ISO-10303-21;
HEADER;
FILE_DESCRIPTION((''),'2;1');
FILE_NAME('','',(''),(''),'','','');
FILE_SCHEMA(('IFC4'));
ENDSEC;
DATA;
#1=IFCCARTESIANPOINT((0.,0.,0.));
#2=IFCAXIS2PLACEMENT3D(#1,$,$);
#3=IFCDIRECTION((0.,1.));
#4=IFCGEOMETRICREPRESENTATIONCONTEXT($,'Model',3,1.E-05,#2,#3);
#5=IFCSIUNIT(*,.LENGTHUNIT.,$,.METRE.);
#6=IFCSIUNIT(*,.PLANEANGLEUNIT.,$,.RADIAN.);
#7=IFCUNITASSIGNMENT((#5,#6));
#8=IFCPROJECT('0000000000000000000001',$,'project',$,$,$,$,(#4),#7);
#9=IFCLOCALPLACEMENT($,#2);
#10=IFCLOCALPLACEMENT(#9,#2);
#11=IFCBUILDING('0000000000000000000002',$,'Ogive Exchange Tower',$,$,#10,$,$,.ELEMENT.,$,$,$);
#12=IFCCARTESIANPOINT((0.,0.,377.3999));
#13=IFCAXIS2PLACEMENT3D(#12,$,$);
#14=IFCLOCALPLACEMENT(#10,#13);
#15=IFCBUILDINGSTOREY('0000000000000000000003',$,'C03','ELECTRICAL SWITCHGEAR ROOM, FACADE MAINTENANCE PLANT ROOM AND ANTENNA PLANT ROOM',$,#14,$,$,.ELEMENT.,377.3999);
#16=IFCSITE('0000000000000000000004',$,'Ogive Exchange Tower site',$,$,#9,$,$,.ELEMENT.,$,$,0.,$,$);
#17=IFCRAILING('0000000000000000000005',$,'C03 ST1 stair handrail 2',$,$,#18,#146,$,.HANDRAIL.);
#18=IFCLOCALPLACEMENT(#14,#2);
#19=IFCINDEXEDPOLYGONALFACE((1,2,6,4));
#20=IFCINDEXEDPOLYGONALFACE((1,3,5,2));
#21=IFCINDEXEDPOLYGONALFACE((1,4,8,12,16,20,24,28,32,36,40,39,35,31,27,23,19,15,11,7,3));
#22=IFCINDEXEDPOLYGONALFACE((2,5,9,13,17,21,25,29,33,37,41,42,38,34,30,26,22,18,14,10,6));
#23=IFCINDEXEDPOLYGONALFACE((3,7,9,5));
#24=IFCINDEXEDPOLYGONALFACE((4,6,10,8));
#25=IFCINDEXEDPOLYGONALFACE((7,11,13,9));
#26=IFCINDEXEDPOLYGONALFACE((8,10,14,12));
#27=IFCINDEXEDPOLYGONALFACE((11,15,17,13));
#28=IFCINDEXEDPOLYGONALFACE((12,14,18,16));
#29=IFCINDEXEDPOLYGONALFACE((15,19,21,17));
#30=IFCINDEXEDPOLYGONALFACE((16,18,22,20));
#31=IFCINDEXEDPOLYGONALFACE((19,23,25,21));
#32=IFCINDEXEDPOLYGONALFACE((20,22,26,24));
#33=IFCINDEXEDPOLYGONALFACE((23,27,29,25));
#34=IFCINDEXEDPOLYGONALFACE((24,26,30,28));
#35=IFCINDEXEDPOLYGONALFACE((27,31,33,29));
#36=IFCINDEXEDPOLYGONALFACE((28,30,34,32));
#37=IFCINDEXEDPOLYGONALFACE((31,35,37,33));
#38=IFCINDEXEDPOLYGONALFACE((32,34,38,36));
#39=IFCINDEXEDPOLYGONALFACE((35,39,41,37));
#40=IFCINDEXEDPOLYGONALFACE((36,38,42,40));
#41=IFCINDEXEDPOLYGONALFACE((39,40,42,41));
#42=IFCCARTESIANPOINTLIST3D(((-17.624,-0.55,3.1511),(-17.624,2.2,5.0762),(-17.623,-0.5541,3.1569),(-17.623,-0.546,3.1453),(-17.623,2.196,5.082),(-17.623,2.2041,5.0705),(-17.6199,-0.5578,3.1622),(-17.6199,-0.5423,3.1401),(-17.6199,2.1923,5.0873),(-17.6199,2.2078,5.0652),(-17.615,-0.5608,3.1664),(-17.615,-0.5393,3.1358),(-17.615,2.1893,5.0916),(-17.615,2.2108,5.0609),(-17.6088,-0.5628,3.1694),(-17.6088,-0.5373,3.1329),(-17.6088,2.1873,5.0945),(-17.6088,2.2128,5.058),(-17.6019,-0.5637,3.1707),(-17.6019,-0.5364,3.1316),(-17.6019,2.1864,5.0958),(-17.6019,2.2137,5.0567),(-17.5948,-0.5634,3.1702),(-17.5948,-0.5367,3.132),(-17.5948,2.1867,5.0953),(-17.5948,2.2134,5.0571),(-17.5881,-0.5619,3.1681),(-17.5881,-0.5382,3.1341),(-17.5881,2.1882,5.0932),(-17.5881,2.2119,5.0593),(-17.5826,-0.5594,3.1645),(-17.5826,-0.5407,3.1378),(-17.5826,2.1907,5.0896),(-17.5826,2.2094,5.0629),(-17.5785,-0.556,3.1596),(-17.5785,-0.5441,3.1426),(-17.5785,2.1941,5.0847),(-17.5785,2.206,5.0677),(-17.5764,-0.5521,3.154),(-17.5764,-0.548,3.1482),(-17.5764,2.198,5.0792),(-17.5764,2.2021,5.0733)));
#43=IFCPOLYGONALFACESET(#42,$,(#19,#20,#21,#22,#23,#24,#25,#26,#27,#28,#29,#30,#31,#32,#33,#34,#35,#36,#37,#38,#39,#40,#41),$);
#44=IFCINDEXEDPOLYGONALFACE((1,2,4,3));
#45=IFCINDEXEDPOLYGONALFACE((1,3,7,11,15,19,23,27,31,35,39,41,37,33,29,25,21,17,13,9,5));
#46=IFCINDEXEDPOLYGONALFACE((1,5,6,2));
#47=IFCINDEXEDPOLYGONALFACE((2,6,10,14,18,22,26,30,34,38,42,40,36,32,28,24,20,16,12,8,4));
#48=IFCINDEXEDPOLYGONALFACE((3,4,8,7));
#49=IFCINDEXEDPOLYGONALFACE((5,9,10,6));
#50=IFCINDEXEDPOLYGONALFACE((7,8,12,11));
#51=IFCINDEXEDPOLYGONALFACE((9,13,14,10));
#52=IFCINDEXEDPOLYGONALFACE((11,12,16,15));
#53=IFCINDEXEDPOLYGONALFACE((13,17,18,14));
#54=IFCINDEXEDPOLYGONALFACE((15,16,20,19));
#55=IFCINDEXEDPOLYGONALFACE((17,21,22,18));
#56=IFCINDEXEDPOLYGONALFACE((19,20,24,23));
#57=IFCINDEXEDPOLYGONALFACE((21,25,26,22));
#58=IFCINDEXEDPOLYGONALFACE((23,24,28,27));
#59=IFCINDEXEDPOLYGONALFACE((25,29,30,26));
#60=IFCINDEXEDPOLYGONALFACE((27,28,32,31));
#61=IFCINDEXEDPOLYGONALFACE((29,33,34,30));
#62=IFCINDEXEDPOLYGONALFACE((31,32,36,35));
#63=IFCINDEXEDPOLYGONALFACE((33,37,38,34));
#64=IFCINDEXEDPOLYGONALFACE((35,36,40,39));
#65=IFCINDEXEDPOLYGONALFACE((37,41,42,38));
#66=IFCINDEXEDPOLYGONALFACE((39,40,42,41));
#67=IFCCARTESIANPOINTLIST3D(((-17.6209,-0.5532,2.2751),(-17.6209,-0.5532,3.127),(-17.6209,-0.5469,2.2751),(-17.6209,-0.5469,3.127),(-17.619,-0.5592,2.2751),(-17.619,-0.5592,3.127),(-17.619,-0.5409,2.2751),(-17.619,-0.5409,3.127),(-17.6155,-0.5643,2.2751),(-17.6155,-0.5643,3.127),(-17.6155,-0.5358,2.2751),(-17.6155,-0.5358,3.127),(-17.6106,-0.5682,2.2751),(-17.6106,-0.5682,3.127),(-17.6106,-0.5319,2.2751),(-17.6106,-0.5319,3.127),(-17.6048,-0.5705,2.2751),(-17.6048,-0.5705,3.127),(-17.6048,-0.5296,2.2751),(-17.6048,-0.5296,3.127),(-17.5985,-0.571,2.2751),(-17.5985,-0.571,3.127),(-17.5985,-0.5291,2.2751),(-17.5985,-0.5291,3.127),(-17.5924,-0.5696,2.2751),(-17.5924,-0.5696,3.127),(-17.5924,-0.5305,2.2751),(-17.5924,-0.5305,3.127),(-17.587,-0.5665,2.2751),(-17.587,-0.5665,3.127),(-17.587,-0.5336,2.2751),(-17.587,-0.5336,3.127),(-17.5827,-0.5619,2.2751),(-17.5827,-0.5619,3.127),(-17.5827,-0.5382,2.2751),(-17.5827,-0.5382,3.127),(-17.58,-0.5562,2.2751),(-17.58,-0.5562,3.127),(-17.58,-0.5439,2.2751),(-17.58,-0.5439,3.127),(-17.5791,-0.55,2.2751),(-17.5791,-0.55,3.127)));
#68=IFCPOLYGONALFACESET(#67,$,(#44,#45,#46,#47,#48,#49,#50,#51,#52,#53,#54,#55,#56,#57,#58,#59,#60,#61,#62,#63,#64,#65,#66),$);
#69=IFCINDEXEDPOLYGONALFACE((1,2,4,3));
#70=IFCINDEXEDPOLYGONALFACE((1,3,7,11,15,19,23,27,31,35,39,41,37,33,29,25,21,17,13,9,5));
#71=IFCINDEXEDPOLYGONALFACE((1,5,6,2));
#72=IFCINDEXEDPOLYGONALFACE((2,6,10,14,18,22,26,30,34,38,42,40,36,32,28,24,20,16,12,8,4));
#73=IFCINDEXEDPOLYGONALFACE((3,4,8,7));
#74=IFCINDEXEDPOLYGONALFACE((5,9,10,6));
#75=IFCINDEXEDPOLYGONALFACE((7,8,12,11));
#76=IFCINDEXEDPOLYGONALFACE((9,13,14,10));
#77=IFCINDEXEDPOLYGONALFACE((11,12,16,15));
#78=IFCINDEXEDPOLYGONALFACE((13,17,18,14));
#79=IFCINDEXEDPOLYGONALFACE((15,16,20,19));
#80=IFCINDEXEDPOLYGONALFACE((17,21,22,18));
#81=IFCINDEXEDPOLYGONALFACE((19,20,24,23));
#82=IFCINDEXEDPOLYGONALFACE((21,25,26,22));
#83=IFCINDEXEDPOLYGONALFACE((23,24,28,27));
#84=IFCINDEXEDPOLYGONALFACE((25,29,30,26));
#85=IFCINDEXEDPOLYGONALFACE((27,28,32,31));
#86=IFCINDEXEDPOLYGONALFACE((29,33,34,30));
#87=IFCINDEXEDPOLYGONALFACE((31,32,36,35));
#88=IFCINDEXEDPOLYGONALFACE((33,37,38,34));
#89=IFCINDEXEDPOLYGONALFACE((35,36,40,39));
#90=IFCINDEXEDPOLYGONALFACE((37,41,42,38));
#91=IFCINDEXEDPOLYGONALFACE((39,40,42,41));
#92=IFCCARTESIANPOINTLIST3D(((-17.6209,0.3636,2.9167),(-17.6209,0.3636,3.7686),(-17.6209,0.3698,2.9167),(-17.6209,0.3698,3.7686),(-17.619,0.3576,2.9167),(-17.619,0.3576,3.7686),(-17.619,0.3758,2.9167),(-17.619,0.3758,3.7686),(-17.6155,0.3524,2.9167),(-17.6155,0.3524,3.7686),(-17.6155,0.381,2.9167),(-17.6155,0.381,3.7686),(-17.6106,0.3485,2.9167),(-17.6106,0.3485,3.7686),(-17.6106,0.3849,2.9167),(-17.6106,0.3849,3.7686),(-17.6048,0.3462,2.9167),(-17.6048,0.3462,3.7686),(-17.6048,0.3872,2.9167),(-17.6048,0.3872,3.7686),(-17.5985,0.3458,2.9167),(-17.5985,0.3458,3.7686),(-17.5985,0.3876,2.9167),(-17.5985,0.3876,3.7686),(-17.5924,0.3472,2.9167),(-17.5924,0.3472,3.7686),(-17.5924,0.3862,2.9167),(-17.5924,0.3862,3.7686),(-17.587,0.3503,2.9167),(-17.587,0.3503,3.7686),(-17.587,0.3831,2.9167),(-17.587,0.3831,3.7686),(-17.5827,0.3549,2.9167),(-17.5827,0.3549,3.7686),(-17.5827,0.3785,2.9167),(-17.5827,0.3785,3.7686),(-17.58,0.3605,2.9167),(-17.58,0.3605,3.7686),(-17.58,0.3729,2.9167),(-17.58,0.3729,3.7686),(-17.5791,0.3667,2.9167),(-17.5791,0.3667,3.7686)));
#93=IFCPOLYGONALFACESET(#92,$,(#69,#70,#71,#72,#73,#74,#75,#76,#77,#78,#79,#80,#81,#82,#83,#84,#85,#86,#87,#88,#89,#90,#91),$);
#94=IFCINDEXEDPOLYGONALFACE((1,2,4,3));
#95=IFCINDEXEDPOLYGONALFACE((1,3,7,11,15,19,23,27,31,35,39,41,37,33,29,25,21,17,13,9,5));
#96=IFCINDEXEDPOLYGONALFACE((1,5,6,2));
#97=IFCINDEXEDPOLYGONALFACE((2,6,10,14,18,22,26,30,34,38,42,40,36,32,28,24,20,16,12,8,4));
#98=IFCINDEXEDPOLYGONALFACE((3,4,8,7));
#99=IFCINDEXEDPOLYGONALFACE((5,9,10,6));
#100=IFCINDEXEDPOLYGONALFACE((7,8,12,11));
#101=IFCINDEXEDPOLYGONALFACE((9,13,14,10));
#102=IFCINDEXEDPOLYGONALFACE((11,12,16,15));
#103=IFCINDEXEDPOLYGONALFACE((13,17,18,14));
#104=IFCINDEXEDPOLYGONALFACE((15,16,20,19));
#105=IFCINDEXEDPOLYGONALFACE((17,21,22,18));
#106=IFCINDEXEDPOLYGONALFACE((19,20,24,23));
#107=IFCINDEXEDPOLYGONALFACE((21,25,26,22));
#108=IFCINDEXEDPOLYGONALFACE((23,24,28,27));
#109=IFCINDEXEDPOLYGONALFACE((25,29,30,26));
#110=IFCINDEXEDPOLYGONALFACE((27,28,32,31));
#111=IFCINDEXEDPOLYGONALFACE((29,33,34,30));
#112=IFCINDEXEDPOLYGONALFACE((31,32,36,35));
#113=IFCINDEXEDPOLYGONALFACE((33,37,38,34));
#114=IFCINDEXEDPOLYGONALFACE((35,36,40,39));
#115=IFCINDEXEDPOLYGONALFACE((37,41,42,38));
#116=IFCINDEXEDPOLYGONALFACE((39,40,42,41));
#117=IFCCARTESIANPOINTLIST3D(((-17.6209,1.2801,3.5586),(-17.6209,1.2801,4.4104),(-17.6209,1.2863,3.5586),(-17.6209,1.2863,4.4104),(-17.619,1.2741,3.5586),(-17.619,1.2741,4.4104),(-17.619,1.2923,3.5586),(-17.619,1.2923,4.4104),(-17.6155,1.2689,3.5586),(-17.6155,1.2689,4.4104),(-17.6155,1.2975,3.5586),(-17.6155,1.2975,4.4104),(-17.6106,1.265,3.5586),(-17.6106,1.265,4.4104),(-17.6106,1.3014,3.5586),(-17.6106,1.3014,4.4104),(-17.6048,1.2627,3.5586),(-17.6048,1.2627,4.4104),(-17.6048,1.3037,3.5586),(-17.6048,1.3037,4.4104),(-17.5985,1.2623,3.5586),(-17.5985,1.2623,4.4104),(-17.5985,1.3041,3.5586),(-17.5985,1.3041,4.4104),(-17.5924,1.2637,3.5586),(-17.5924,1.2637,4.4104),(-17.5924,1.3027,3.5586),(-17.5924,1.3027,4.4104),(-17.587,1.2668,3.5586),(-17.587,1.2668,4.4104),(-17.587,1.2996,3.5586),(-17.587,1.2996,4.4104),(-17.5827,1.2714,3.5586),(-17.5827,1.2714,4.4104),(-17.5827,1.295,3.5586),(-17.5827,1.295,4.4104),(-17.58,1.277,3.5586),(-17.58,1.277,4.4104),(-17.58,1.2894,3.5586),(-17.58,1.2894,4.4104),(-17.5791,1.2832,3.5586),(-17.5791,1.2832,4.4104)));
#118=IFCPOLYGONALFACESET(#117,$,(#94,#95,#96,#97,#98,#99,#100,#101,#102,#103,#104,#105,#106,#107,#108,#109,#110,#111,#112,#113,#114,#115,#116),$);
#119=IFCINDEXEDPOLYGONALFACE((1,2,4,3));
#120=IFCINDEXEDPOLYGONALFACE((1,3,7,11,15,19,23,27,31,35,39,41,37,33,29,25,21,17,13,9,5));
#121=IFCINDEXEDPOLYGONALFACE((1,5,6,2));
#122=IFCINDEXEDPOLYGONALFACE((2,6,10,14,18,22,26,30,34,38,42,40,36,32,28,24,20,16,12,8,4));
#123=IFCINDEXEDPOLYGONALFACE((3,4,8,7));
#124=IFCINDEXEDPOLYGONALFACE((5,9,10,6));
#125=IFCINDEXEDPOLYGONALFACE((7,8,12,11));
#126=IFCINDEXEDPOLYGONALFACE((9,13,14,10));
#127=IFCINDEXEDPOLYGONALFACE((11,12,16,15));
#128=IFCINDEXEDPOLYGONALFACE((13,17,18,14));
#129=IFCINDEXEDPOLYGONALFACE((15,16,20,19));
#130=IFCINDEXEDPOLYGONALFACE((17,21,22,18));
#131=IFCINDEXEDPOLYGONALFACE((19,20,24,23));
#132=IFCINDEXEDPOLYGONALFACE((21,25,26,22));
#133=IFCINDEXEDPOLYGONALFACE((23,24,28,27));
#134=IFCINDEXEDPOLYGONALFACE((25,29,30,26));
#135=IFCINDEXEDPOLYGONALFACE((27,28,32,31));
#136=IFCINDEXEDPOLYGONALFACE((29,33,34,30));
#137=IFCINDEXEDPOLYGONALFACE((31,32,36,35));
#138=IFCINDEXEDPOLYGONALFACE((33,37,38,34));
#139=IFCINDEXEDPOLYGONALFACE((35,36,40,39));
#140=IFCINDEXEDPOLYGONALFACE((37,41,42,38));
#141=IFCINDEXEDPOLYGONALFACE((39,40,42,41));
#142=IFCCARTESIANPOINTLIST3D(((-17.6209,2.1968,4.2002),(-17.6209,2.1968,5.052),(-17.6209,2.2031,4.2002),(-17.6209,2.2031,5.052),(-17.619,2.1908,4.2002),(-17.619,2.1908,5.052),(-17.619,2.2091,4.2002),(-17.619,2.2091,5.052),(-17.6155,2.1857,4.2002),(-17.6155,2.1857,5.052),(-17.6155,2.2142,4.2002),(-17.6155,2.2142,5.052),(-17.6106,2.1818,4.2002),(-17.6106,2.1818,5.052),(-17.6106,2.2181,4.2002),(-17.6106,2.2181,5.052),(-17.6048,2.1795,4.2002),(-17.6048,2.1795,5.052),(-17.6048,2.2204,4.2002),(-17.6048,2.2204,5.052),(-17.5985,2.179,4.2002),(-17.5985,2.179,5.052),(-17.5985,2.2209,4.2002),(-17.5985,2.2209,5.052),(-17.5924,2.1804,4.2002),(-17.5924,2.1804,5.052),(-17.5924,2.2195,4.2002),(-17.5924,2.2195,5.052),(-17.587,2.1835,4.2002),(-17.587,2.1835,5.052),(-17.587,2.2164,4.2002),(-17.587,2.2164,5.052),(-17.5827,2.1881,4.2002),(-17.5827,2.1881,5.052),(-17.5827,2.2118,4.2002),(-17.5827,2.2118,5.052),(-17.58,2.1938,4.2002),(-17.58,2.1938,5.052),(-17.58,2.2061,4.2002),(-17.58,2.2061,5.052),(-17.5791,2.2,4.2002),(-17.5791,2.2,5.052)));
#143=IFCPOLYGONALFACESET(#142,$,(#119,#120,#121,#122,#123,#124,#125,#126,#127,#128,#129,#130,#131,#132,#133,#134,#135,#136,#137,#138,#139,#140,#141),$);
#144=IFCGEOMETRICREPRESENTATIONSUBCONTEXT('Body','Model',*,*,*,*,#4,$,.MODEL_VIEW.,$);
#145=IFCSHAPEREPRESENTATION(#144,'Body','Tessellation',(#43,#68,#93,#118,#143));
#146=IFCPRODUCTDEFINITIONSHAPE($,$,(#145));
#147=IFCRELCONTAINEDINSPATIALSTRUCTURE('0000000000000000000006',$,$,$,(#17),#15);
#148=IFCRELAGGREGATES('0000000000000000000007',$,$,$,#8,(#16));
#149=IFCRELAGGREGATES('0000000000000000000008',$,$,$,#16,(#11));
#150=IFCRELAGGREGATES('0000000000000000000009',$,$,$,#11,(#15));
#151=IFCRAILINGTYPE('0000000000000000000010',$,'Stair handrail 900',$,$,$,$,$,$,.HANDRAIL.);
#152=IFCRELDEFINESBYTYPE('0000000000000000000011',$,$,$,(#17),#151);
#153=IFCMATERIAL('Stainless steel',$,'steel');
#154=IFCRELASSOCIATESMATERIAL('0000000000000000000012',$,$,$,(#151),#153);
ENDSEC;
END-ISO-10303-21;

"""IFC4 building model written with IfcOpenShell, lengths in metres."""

from ifc_helpers import new_model, si_unit, direction, frame, origin, origin_2d, place, context, subcontext, project, spatial, circle, extrude, material, type_object, element, save


model = new_model("IFC4")

# Units and contexts
model_context = context("Model", 3, precision=1e-05, world=origin(), true_north=direction((0.0, 1.0)))
body_context = subcontext(model_context, "Body", "Model", "MODEL_VIEW")
ifc_project = project(units=[si_unit("LENGTHUNIT", "METRE"), si_unit("PLANEANGLEUNIT", "RADIAN")], contexts=[model_context])

# Site, building, storey
site_placement = place(None, origin())
site = spatial("IfcSite", under=ifc_project, at=site_placement, Name="Ogive Exchange Tower site", CompositionType="ELEMENT", RefElevation=0.0)
building_placement = place(site_placement, origin())
building = spatial("IfcBuilding", under=site, at=building_placement, Name="Ogive Exchange Tower", CompositionType="ELEMENT")
storey_placement = place(building_placement, frame((0.0, 0.0, 377.3999)))
storey = spatial("IfcBuildingStorey", under=building, at=storey_placement, Name="C03", Description="ELECTRICAL SWITCHGEAR ROOM, FACADE MAINTENANCE PLANT ROOM AND ANTENNA PLANT ROOM", CompositionType="ELEMENT", Elevation=377.3999)

# Shared definitions
ifc_material_1 = material(Name="Stainless steel", Category="steel")

# Railing
railing_type = type_object("IfcRailingType", Name="Stair handrail 900", PredefinedType="HANDRAIL", material=ifc_material_1)
railing_placement = place(storey_placement, frame((-17.6001, -0.55, 2.2751)))
element("IfcRailing", 1, at=railing_placement, inside=storey, type_object=railing_type, Name="C03 ST1 stair handrail 2", PredefinedType="HANDRAIL", context=body_context, shape_type="SweptSolid", body=[
    extrude(circle(Radius=0.0239, at=origin_2d()), frame((0.0, 0.0, 0.876), z_axis=(0.0, 0.819225, 0.573472), x_axis=(-1.0, 0.0, 0.0)), (0.0, 0.0, 1.0), 3.3569),
    extrude(circle(Radius=0.021, at=origin_2d()), origin(), (0.0, 0.0, 1.0), 0.8518),
    extrude(circle(Radius=0.021, at=origin_2d()), frame((0.0, 0.9167, 0.6416)), (0.0, 0.0, 1.0), 0.8518),
    extrude(circle(Radius=0.021, at=origin_2d()), frame((0.0, 1.8333, 1.2834)), (0.0, 0.0, 1.0), 0.8518),
    extrude(circle(Radius=0.021, at=origin_2d()), frame((0.0, 2.75, 1.925)), (0.0, 0.0, 1.0), 0.8518),
])

save(model, "model.ifc")
